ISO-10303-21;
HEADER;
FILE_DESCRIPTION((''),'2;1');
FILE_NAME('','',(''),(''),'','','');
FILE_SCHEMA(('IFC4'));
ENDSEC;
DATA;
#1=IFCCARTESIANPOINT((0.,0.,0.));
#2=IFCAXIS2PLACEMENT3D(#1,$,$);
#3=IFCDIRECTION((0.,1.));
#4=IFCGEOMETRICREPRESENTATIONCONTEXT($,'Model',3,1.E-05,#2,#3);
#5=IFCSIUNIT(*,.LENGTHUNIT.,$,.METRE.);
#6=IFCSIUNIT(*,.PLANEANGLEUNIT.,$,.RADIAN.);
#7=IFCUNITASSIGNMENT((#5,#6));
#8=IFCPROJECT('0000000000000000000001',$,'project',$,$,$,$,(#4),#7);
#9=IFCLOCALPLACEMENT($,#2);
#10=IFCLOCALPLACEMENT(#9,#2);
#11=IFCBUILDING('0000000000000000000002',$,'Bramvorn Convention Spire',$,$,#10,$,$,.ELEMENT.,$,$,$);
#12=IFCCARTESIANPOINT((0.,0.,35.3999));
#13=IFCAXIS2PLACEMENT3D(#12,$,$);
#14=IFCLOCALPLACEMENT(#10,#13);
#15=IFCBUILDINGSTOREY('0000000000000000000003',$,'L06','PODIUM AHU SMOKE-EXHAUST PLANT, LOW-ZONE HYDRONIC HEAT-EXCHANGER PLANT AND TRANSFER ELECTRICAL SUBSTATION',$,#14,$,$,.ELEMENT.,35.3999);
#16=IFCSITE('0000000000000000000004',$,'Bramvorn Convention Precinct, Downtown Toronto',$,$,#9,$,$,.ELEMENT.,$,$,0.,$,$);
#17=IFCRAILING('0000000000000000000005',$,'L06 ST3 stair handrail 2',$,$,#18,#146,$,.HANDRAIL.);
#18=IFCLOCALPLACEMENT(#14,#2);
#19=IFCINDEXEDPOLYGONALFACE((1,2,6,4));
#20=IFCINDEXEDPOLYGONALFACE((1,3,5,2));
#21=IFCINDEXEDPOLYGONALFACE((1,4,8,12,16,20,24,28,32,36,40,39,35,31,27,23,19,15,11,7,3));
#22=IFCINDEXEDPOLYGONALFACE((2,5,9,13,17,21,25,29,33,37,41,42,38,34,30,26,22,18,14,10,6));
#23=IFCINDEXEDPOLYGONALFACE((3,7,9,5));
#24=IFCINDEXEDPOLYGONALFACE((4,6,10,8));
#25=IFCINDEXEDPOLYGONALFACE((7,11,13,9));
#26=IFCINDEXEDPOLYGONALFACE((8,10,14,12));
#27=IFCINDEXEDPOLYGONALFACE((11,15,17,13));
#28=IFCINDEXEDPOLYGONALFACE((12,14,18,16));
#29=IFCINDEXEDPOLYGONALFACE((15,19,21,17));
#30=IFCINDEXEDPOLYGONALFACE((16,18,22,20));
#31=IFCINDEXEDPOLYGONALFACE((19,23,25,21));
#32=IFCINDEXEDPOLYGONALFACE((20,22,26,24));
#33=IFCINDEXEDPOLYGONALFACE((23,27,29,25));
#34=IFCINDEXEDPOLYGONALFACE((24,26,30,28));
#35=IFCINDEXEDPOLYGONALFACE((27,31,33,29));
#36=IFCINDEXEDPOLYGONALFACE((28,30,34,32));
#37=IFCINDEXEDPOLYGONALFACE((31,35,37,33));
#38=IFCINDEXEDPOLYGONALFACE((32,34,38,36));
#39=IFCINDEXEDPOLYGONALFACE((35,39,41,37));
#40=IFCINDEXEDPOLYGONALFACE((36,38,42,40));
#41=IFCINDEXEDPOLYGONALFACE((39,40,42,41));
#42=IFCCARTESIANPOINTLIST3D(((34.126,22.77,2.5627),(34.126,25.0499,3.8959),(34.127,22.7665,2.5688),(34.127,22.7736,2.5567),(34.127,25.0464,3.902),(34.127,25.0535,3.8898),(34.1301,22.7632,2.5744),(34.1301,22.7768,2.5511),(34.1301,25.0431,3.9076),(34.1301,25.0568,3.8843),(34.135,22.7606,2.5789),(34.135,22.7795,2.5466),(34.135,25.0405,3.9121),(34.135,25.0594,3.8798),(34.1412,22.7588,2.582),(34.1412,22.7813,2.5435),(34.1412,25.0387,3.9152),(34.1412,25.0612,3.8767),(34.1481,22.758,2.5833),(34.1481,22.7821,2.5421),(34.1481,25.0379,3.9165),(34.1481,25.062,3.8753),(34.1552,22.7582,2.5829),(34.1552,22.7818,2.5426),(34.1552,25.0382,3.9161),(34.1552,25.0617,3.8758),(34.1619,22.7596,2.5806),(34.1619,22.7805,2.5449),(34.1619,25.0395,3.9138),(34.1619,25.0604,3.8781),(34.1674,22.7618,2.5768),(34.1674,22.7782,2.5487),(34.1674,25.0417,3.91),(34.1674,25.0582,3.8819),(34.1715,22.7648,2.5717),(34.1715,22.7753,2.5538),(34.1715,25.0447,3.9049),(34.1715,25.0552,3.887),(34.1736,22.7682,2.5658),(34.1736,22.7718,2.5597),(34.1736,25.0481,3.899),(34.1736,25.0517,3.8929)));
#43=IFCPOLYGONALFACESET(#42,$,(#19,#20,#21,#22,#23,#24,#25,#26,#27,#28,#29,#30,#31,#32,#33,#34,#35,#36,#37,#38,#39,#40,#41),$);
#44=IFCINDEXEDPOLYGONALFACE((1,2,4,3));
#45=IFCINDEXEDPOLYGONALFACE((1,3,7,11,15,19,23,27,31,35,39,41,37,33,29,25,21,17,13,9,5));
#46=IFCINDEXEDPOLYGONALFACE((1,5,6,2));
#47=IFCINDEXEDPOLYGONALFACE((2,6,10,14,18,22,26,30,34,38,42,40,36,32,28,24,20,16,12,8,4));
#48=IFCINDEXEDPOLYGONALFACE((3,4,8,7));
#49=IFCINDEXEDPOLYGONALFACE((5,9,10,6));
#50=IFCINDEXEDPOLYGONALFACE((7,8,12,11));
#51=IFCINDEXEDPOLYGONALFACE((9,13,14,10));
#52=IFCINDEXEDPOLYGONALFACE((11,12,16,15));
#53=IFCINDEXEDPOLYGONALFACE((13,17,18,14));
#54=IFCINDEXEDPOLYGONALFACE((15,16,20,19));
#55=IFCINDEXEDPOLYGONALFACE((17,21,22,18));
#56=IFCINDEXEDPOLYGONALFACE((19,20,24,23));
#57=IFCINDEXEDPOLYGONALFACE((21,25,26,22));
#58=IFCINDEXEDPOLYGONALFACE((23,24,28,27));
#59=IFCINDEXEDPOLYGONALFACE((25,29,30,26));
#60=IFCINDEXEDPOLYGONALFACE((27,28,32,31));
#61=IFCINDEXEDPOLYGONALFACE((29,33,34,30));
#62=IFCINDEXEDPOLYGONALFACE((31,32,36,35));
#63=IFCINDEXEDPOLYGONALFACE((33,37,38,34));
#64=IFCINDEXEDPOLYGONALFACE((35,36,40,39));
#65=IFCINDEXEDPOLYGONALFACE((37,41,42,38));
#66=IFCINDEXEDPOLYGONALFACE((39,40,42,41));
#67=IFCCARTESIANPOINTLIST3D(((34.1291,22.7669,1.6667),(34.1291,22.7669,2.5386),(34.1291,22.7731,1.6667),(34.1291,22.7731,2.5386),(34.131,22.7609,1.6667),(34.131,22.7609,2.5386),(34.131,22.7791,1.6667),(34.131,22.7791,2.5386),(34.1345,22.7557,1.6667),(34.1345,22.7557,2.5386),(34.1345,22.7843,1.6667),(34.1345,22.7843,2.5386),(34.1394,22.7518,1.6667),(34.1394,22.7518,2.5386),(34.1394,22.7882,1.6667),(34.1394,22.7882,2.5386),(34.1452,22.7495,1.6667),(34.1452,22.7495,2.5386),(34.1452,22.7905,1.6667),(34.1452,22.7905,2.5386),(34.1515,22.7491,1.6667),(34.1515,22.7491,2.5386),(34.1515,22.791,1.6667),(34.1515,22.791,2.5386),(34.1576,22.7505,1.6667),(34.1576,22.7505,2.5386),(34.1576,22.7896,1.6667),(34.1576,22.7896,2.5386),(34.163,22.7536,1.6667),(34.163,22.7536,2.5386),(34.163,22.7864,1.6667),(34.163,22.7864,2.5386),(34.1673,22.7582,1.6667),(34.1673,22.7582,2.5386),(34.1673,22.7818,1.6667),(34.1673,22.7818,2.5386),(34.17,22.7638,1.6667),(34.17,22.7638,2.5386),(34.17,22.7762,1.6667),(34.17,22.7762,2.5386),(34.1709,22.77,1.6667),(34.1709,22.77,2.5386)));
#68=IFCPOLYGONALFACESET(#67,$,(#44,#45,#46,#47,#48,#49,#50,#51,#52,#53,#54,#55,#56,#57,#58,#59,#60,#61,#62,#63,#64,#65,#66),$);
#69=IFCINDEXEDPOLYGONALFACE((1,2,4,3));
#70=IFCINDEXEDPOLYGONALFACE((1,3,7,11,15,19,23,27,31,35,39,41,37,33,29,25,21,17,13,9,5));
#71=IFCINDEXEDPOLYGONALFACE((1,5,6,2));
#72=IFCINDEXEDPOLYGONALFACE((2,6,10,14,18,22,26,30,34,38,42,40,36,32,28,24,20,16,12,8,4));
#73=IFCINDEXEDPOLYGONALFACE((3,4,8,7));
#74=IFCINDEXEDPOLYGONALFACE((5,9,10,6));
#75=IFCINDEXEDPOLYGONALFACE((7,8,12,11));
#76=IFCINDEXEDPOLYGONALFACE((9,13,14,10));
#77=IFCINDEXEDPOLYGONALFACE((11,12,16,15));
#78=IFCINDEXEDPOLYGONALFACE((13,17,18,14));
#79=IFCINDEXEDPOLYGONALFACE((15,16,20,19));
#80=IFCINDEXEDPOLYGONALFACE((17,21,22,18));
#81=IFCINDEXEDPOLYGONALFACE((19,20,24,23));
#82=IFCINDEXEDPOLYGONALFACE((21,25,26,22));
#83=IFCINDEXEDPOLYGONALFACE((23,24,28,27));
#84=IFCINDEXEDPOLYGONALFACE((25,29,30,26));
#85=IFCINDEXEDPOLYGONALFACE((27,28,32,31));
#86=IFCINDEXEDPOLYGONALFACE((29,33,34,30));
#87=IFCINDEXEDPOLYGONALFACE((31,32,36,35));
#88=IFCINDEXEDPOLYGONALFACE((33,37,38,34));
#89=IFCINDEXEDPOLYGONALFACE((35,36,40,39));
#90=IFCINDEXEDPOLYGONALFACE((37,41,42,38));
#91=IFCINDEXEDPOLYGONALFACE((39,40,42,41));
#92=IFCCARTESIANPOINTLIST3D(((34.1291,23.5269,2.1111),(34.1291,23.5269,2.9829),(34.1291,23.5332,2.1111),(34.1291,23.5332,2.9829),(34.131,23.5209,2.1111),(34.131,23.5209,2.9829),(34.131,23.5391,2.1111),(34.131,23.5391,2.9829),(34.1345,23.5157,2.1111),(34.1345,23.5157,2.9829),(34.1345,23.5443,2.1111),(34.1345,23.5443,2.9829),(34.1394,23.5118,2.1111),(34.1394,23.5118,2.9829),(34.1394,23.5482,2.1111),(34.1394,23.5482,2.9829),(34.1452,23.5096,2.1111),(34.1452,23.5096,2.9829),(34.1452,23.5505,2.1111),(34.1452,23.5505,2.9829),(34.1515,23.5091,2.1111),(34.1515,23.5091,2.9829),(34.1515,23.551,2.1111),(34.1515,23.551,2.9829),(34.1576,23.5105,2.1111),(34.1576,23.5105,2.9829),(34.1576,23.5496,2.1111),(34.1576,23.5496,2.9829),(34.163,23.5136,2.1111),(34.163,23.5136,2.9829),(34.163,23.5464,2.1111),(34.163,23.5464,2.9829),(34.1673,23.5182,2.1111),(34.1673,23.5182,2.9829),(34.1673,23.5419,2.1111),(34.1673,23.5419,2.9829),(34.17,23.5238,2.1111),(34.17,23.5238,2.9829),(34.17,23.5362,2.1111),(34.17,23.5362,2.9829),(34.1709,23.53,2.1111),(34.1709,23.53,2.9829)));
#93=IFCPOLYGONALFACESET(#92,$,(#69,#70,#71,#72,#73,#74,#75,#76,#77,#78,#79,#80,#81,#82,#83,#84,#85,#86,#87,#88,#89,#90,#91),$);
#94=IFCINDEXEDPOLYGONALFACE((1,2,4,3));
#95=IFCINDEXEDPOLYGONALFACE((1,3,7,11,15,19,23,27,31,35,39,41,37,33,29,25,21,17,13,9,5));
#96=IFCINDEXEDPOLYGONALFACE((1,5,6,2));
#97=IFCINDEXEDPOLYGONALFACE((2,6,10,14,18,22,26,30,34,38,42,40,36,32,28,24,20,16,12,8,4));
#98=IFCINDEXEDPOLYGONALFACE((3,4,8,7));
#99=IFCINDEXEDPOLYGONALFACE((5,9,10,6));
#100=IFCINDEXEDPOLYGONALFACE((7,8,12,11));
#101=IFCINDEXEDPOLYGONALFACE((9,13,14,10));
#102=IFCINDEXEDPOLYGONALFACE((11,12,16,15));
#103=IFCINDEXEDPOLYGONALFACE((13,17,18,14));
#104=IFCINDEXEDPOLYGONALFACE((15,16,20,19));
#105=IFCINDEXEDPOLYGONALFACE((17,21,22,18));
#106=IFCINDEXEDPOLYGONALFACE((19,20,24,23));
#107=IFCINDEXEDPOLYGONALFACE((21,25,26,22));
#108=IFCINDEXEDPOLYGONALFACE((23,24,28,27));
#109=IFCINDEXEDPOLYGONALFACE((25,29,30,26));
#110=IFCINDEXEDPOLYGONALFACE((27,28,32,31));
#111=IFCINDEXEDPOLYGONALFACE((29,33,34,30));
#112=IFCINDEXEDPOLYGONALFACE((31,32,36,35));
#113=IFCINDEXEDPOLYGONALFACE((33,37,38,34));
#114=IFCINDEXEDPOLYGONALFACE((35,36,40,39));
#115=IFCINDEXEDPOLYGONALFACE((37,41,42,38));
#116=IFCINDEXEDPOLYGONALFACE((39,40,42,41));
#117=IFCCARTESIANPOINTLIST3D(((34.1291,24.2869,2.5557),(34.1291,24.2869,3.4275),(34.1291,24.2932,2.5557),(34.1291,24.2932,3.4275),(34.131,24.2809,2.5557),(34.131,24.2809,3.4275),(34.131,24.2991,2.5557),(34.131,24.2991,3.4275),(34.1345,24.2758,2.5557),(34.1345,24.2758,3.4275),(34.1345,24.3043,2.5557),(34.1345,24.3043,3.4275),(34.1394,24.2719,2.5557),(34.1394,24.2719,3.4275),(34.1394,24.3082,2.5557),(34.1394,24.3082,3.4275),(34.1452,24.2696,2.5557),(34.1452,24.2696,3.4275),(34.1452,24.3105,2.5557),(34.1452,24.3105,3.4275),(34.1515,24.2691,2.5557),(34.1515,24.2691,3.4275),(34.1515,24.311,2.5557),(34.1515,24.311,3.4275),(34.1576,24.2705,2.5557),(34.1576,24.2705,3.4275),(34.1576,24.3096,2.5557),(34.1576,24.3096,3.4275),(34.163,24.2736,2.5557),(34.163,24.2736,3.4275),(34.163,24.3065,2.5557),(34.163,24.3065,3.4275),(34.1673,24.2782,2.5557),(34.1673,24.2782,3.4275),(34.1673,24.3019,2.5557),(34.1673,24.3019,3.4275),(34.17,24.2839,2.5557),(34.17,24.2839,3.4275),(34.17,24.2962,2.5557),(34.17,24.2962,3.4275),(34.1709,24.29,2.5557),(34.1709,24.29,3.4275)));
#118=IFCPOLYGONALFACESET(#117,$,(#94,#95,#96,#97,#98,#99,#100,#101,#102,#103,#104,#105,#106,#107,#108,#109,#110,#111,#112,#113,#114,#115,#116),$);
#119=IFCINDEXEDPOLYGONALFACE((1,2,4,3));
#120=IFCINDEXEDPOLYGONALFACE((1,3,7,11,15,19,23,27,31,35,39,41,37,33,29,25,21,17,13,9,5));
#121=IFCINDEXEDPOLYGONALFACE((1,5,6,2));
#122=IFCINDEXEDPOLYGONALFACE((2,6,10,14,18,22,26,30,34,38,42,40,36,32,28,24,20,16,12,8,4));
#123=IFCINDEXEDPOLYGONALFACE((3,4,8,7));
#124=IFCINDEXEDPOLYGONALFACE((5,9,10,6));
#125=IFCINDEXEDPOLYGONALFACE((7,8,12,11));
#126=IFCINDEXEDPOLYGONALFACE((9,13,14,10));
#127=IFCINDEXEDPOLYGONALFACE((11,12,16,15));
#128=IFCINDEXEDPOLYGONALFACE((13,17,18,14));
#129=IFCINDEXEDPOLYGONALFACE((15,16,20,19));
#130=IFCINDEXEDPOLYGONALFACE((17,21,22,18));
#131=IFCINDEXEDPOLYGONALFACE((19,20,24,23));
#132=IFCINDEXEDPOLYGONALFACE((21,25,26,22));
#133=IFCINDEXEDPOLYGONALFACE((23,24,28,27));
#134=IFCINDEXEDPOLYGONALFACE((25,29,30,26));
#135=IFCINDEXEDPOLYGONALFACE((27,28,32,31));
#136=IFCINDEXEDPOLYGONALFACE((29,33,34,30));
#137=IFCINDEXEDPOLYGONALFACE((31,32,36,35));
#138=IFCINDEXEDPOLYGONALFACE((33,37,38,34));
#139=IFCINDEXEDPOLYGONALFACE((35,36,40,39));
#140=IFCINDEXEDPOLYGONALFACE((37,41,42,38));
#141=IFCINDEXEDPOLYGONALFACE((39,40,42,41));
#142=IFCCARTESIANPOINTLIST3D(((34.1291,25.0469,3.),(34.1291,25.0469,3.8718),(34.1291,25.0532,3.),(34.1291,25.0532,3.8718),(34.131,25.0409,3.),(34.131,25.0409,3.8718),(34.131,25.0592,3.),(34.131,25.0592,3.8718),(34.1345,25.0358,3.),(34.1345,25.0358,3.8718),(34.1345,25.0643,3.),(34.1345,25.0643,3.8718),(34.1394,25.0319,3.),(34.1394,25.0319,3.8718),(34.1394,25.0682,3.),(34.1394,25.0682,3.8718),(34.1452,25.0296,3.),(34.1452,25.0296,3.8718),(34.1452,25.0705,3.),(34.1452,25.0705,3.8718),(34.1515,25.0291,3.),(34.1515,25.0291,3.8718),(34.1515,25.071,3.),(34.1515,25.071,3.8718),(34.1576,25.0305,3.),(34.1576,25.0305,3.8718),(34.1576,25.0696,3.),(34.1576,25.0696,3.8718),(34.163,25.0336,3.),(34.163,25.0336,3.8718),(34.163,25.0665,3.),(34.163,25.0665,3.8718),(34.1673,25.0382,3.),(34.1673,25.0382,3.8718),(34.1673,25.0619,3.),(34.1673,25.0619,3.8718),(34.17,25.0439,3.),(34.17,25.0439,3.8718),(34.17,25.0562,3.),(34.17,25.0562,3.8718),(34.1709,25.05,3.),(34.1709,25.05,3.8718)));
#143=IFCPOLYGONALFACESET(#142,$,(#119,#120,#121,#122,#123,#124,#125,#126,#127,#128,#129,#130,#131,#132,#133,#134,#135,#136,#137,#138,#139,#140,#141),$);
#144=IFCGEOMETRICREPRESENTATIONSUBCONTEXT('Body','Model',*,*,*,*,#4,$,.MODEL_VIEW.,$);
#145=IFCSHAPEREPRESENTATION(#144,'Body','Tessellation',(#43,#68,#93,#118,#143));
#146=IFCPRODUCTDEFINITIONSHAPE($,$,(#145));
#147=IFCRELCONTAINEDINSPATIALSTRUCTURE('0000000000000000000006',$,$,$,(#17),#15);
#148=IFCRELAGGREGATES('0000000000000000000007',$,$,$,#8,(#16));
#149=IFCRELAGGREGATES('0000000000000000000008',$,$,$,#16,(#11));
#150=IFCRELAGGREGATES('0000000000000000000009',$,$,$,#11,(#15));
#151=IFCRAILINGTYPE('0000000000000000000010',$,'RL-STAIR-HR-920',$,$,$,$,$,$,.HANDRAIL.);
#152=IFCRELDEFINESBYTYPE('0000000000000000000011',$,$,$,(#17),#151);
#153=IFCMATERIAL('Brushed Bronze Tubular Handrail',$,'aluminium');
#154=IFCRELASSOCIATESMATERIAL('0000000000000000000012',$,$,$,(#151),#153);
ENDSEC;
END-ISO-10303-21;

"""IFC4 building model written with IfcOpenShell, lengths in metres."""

from ifc_helpers import new_model, si_unit, direction, frame, origin, origin_2d, place, context, subcontext, project, spatial, circle, extrude, material, type_object, element, save


model = new_model("IFC4")

# Units and contexts
model_context = context("Model", 3, precision=1e-05, world=origin(), true_north=direction((0.0, 1.0)))
body_context = subcontext(model_context, "Body", "Model", "MODEL_VIEW")
ifc_project = project(units=[si_unit("LENGTHUNIT", "METRE"), si_unit("PLANEANGLEUNIT", "RADIAN")], contexts=[model_context])

# Site, building, storey
site_placement = place(None, origin())
site = spatial("IfcSite", under=ifc_project, at=site_placement, Name="Bramvorn Convention Precinct, Downtown Toronto", CompositionType="ELEMENT", RefElevation=0.0)
building_placement = place(site_placement, origin())
building = spatial("IfcBuilding", under=site, at=building_placement, Name="Bramvorn Convention Spire", CompositionType="ELEMENT")
storey_placement = place(building_placement, frame((0.0, 0.0, 35.3999)))
storey = spatial("IfcBuildingStorey", under=building, at=storey_placement, Name="L06", Description="PODIUM AHU SMOKE-EXHAUST PLANT, LOW-ZONE HYDRONIC HEAT-EXCHANGER PLANT AND TRANSFER ELECTRICAL SUBSTATION", CompositionType="ELEMENT", Elevation=35.3999)

# Railing
ifc_material_1 = material(Name="Brushed Bronze Tubular Handrail", Category="aluminium")
railing_type_1 = type_object("IfcRailingType", Name="RL-STAIR-HR-920", PredefinedType="HANDRAIL", material=ifc_material_1)
for number, where, name in (
    (1, (34.1499, 22.77, 1.6667), "L06 ST3 stair handrail 2"),
):
    element("IfcRailing", number, at=place(storey_placement, frame(where)), inside=storey, type_object=railing_type_1, Name=name, PredefinedType="HANDRAIL", context=body_context, shape_type="SweptSolid", body=[
        extrude(circle(Radius=0.0239, at=origin_2d()), frame((0.0, 0.0, 0.896), z_axis=(0.0, 0.863245, 0.504785), x_axis=(-1.0, 0.0, 0.0)), (0.0, 0.0, 1.0), 2.6411),
        extrude(circle(Radius=0.021, at=origin_2d()), origin(), (0.0, 0.0, 1.0), 0.8718),
        extrude(circle(Radius=0.021, at=origin_2d()), frame((0.0, 0.76, 0.4443)), (0.0, 0.0, 1.0), 0.8718),
        extrude(circle(Radius=0.021, at=origin_2d()), frame((0.0, 1.52, 0.8889)), (0.0, 0.0, 1.0), 0.8718),
        extrude(circle(Radius=0.021, at=origin_2d()), frame((0.0, 2.28, 1.3333)), (0.0, 0.0, 1.0), 0.8718),
    ])

save(model, "model.ifc")
